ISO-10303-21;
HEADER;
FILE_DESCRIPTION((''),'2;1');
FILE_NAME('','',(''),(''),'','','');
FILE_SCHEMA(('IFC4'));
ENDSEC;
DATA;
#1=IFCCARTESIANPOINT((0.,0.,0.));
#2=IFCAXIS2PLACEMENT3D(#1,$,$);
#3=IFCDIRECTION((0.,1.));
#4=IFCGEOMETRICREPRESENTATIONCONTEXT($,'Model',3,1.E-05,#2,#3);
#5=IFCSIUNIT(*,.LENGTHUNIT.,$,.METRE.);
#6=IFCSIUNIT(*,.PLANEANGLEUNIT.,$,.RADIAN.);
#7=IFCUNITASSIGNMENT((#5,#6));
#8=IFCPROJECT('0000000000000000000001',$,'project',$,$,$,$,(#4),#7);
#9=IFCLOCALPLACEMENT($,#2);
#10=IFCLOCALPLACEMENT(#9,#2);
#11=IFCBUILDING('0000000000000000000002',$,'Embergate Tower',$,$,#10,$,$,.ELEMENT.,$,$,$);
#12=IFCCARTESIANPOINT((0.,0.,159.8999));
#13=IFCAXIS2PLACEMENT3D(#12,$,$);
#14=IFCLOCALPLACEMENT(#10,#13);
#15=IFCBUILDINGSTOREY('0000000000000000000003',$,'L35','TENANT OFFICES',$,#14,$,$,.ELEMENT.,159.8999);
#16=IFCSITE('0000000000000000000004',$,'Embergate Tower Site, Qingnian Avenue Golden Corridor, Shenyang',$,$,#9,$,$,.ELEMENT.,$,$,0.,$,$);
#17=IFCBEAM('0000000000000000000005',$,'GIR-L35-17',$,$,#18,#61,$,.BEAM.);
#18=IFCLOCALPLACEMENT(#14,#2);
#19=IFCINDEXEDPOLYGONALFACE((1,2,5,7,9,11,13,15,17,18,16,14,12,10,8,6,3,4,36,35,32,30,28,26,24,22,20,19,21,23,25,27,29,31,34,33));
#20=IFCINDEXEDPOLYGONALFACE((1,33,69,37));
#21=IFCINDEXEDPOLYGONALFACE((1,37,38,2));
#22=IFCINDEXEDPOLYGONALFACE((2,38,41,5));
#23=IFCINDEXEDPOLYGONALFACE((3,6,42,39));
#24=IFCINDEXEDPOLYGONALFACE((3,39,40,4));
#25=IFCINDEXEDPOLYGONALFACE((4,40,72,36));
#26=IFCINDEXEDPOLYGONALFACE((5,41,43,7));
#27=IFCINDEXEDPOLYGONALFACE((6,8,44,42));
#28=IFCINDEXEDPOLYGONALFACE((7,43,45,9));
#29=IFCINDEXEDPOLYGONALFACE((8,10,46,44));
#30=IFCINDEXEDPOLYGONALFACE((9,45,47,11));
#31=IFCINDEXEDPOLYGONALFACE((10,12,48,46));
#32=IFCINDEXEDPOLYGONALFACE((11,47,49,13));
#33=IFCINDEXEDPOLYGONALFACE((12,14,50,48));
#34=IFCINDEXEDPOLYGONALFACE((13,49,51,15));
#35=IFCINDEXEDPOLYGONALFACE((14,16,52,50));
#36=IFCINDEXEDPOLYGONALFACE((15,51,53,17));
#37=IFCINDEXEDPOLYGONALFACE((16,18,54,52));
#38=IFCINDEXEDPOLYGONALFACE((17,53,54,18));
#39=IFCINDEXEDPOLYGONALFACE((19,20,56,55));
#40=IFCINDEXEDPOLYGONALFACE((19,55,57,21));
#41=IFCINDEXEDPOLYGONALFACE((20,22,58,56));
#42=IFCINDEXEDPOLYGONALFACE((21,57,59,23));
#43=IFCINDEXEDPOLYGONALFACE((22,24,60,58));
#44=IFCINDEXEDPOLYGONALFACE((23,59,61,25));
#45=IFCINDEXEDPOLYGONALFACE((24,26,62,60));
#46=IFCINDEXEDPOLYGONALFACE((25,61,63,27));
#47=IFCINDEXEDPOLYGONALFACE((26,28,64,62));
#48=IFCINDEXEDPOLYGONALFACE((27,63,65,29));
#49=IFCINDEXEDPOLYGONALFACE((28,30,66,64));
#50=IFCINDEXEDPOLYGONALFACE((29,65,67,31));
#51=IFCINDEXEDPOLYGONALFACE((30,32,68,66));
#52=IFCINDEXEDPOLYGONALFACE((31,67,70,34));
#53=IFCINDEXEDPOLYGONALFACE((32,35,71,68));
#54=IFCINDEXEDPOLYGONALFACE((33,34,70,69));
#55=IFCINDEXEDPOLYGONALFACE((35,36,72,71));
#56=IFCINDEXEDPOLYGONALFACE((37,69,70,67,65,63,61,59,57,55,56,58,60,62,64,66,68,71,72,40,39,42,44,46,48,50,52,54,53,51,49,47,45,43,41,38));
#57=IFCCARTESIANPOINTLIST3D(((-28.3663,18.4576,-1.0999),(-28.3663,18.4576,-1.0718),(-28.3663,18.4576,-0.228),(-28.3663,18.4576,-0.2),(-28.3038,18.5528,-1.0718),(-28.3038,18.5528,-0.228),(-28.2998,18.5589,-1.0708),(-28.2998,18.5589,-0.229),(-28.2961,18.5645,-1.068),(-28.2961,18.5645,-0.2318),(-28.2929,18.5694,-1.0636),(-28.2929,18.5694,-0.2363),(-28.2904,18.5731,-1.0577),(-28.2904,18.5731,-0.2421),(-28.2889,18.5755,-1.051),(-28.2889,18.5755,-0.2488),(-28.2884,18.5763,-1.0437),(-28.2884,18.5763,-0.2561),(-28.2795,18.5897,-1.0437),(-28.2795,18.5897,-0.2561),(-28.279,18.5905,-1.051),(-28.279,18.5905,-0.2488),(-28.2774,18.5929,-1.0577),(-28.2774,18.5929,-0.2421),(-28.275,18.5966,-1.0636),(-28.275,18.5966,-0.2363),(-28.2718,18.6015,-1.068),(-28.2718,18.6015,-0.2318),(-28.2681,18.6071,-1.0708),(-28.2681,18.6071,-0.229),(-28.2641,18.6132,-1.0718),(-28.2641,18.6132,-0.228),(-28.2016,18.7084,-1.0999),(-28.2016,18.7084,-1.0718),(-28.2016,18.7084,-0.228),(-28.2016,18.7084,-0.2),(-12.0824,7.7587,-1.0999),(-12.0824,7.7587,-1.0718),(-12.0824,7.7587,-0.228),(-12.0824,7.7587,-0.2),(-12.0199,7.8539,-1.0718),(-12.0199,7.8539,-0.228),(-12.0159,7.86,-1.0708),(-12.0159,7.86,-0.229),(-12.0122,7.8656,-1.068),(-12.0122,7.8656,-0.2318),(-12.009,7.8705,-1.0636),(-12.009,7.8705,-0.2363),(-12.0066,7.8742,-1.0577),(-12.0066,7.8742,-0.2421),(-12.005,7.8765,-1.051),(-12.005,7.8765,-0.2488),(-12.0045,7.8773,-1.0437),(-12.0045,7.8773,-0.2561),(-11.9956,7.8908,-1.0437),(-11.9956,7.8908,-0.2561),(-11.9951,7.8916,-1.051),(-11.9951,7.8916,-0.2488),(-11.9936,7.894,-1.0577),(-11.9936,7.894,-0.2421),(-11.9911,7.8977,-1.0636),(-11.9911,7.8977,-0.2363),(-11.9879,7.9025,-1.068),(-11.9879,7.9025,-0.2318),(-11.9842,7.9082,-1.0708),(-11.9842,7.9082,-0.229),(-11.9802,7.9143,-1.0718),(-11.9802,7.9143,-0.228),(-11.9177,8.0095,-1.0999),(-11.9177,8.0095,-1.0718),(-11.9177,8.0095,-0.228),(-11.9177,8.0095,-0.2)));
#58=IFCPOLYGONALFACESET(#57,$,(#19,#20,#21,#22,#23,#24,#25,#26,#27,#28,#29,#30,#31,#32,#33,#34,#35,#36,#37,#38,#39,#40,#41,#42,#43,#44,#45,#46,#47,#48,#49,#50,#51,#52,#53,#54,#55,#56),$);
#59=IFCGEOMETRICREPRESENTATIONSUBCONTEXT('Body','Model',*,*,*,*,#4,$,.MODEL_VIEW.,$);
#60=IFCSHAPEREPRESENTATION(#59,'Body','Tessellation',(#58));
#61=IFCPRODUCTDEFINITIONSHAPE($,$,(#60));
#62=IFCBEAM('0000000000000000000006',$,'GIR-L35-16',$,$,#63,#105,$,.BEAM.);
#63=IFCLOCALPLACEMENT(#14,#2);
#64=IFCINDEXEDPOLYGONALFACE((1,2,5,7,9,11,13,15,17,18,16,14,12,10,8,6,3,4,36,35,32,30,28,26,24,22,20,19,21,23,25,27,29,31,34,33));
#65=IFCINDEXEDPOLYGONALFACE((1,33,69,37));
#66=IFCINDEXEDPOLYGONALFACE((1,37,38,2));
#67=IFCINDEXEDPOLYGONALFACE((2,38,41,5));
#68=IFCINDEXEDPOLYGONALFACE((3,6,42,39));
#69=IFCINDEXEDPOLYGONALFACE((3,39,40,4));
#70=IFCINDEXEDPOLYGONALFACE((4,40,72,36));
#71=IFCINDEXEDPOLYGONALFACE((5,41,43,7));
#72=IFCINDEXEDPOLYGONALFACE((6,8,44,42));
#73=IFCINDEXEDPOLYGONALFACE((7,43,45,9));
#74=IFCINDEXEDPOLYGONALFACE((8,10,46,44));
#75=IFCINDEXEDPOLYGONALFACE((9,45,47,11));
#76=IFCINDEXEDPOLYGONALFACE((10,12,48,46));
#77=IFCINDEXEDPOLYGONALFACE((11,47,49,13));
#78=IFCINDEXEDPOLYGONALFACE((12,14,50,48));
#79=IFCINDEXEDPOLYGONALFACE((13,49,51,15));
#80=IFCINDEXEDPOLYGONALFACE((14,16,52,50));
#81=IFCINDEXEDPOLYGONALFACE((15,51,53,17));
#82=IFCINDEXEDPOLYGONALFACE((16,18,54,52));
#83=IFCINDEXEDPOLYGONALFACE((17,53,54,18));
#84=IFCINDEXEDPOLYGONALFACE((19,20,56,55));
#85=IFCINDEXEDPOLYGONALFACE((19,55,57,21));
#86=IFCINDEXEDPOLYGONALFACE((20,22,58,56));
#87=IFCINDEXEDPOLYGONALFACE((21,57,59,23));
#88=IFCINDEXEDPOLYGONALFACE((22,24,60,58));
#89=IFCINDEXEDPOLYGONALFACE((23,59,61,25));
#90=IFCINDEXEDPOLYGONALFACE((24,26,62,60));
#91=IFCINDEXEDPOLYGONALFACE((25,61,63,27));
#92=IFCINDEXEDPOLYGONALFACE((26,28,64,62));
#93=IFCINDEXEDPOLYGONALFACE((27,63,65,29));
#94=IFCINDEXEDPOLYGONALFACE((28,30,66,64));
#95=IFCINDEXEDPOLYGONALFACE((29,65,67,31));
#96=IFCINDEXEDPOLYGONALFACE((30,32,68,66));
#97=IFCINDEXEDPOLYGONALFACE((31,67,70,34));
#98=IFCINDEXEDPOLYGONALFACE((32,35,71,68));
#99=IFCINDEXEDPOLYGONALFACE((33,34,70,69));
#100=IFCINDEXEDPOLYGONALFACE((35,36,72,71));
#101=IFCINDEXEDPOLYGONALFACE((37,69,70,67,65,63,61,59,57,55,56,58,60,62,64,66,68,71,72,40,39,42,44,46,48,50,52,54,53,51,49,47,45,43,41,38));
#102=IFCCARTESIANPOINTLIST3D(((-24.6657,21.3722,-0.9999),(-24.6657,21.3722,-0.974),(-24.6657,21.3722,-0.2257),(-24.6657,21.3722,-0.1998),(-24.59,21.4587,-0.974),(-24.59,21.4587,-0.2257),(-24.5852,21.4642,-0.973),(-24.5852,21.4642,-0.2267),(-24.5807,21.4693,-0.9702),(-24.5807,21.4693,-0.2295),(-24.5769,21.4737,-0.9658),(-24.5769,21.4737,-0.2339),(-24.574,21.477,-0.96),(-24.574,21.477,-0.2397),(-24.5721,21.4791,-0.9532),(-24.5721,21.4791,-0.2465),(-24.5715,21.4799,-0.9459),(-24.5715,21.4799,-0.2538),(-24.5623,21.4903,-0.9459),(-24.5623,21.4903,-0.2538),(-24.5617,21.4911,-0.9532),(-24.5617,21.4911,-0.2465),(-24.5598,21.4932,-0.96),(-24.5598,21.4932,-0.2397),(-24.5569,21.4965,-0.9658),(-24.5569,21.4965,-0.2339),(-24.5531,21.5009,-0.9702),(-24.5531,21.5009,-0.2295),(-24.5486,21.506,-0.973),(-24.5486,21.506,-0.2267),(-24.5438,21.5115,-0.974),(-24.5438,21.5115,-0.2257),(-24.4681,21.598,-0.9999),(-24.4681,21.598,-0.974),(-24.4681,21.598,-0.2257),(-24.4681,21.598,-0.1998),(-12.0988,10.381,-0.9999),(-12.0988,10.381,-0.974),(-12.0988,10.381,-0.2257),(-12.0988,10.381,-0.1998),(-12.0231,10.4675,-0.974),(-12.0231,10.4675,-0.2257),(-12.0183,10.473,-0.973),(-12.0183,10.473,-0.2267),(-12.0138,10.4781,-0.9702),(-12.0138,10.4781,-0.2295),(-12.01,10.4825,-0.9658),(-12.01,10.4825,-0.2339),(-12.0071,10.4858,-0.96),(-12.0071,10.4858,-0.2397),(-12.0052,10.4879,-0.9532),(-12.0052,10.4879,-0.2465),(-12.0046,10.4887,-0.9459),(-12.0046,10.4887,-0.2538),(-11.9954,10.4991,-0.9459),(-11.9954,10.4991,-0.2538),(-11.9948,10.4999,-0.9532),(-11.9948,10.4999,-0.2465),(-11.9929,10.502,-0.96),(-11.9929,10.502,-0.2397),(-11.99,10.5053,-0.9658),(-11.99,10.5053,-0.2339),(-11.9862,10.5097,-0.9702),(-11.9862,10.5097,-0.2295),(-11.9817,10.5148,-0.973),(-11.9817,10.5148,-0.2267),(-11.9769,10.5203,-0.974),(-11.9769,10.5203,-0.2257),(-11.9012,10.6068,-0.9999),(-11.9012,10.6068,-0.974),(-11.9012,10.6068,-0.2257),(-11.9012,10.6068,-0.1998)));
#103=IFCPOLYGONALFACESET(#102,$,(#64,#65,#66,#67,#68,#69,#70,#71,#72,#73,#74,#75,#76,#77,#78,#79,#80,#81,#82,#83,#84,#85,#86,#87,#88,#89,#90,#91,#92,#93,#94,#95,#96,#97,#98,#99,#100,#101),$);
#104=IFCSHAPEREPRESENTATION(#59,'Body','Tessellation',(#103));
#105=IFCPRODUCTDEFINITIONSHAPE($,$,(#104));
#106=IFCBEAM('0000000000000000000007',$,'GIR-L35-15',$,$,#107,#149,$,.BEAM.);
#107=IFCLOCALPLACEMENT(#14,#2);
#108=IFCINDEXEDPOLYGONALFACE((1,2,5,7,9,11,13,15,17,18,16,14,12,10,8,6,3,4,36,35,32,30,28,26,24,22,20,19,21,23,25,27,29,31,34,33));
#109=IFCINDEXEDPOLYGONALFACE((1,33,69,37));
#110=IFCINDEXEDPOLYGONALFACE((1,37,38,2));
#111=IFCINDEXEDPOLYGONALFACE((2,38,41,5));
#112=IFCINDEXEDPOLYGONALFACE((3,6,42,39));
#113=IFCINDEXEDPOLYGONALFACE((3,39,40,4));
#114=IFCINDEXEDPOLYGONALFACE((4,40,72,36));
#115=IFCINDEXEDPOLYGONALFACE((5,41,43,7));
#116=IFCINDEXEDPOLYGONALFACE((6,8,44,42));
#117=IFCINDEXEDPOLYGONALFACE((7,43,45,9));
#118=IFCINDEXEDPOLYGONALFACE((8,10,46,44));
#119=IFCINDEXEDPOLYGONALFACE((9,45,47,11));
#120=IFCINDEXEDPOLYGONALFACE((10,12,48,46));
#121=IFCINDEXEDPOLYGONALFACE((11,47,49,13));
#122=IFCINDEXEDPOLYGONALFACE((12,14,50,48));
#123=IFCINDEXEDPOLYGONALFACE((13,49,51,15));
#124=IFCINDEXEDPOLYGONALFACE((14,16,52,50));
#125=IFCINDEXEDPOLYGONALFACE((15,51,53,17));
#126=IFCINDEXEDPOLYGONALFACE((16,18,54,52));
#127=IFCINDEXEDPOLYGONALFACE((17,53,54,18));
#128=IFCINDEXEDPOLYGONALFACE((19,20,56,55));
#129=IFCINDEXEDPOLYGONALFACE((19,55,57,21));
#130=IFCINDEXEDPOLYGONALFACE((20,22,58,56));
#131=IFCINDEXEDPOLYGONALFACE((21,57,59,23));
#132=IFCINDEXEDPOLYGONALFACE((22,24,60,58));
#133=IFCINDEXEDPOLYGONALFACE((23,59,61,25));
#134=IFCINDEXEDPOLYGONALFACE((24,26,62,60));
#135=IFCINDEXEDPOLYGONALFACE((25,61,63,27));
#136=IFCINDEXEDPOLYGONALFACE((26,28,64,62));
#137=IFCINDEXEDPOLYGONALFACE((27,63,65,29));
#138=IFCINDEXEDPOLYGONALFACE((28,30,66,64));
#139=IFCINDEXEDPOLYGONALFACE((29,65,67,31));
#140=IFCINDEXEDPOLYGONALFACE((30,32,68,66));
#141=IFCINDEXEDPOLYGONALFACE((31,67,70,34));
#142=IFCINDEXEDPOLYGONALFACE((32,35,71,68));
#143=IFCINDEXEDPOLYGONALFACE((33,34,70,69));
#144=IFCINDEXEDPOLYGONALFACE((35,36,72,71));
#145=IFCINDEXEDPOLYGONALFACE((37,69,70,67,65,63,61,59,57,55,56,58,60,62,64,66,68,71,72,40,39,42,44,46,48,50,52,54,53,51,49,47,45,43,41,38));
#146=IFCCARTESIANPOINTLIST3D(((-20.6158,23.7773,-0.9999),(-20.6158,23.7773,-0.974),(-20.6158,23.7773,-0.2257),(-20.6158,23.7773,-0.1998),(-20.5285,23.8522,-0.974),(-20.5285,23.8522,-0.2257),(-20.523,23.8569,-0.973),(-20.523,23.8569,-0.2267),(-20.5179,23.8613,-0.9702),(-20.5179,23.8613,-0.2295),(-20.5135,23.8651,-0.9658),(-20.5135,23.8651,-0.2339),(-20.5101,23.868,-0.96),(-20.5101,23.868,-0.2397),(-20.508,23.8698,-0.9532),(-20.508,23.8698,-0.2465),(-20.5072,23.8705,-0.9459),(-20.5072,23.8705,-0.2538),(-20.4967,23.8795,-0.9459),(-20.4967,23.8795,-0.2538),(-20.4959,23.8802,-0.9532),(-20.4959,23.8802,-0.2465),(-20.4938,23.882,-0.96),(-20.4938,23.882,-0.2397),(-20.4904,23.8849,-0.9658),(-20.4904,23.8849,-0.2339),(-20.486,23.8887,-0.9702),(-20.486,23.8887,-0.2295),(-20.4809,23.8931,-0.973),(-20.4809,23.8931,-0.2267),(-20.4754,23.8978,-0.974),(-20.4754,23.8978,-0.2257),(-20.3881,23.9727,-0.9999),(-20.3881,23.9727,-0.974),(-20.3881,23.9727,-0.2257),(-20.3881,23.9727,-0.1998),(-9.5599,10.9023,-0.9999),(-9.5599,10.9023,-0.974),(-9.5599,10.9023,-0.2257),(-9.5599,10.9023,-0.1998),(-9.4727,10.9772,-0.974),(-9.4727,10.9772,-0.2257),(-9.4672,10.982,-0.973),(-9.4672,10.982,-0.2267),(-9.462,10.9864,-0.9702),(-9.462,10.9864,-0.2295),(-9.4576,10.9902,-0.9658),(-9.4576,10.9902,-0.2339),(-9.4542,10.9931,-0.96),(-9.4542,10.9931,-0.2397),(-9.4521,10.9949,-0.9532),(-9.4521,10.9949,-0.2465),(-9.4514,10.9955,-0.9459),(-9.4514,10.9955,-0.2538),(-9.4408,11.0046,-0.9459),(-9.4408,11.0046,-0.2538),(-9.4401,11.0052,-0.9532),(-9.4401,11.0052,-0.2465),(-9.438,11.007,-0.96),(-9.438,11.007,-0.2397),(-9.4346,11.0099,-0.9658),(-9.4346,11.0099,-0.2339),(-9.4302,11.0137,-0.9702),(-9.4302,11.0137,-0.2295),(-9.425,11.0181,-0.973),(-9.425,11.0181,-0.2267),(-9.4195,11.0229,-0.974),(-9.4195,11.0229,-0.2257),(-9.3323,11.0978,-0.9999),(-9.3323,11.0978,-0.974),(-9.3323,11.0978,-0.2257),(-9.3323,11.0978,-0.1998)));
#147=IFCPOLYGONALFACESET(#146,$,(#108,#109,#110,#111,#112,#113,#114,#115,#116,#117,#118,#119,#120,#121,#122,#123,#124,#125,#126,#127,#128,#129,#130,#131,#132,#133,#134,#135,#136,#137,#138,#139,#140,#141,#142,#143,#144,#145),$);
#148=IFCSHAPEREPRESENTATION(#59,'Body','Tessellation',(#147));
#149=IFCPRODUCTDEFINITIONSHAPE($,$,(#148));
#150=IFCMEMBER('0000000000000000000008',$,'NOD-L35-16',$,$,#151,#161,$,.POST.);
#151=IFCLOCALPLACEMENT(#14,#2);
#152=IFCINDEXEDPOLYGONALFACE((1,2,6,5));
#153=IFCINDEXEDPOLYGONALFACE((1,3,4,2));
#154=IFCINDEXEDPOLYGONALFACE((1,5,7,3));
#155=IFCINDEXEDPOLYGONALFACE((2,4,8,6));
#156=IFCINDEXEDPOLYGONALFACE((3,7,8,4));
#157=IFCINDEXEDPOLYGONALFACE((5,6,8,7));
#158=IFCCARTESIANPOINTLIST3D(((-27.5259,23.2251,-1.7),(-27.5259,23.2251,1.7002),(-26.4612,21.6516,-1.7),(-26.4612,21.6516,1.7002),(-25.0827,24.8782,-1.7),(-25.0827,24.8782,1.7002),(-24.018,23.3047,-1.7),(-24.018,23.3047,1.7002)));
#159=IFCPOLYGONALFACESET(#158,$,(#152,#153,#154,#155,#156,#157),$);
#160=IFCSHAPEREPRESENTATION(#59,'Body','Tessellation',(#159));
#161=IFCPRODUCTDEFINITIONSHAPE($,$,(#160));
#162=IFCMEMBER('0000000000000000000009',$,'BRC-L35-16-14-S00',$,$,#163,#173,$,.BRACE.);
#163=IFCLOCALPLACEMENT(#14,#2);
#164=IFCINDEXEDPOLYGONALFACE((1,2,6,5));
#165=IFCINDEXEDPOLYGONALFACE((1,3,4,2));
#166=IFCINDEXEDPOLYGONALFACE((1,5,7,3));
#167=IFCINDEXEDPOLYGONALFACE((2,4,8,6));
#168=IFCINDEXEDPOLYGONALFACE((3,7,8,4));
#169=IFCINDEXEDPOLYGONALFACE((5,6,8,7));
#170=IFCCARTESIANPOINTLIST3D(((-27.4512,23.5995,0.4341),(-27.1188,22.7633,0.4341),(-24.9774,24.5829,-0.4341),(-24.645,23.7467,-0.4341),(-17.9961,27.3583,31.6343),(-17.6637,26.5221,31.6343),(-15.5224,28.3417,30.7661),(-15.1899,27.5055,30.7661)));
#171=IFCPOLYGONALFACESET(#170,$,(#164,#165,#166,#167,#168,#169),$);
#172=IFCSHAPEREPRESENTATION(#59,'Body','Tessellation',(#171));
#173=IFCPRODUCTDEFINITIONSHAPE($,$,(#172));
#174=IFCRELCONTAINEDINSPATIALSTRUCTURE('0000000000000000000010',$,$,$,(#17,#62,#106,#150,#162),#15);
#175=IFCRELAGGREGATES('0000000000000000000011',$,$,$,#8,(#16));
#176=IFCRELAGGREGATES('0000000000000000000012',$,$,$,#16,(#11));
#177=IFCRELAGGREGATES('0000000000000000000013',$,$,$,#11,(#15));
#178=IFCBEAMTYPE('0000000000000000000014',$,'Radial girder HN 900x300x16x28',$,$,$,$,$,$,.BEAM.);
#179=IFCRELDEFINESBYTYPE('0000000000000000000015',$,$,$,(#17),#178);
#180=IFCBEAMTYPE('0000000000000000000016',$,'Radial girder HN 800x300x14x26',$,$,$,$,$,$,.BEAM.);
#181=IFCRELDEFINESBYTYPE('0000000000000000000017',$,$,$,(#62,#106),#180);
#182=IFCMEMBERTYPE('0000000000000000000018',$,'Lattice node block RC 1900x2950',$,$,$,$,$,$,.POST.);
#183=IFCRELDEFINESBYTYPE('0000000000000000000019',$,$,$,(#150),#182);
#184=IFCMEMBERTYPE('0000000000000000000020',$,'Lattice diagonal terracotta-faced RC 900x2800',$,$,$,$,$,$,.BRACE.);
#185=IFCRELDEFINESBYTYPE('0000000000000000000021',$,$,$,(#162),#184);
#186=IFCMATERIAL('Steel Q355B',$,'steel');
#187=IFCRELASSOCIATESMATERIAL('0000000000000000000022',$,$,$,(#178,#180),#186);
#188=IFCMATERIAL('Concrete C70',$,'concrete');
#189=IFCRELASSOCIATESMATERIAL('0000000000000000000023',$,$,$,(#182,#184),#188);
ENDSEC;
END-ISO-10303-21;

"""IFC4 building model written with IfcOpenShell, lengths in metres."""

from ifc_helpers import new_model, si_unit, direction, frame, origin, origin_2d, place, context, subcontext, project, spatial, rectangle, i_section, extrude, source, transform, mapped, material, material_profile, profile_set, type_object, element, save


model = new_model("IFC4")

# Units and contexts
model_context = context("Model", 3, precision=1e-05, world=origin(), true_north=direction((0.0, 1.0)))
body_context = subcontext(model_context, "Body", "Model", "MODEL_VIEW")
ifc_project = project(units=[si_unit("LENGTHUNIT", "METRE"), si_unit("PLANEANGLEUNIT", "RADIAN")], contexts=[model_context])

# Site, building, storey
site_placement = place(None, origin())
site = spatial("IfcSite", under=ifc_project, at=site_placement, Name="Embergate Tower Site, Qingnian Avenue Golden Corridor, Shenyang", CompositionType="ELEMENT", RefElevation=0.0)
building_placement = place(site_placement, origin())
building = spatial("IfcBuilding", under=site, at=building_placement, Name="Embergate Tower", CompositionType="ELEMENT")
storey_placement = place(building_placement, frame((0.0, 0.0, 159.8999)))
storey = spatial("IfcBuildingStorey", under=building, at=storey_placement, Name="L35", Description="TENANT OFFICES", CompositionType="ELEMENT", Elevation=159.8999)

# Shared definitions
ifc_material_1 = material(Name="Concrete C70", Category="concrete")

# Beams
ifc_material_2 = material(Name="Steel Q355B", Category="steel")
ifc_material_profile_1 = material_profile(ifc_material_2, i_section(OverallWidth=0.3, OverallDepth=0.8999, WebThickness=0.0161, FlangeThickness=0.0281, FilletRadius=0.0281, at=origin_2d()), Name="HN 900x300x16x28")
ifc_profile_set_1 = profile_set([ifc_material_profile_1], Name="Steel Q355 grade B")
beam_type_1 = type_object("IfcBeamType", Name="Radial girder HN 900x300x16x28", PredefinedType="BEAM", material=ifc_profile_set_1)
shared_shape_1 = source(origin(), body_context, "Body", "SweptSolid", [
    extrude(i_section(OverallWidth=0.3, OverallDepth=0.8999, WebThickness=0.0161, FlangeThickness=0.0281, FilletRadius=0.0281, at=origin_2d()), origin(), (0.0, 0.0, 1.0), 19.4841),
])
beam_1_placement = place(storey_placement, frame((-28.2839, 18.583, -0.6499), z_axis=(0.83575, -0.54911, 0.0), x_axis=(0.54911, 0.83575, 0.0)))
element("IfcBeam", 1, at=beam_1_placement, inside=storey, type_object=beam_type_1, Name="GIR-L35-17", PredefinedType="BEAM", context=body_context, shape_type="MappedRepresentation", body=[
    mapped(shared_shape_1, transform((0.0, 0.0, 0.0))),
])
ifc_material_profile_2 = material_profile(ifc_material_2, i_section(OverallWidth=0.3, OverallDepth=0.8, WebThickness=0.0139, FlangeThickness=0.0259, FilletRadius=0.0281, at=origin_2d()), Name="HN 800x300x14x26")
ifc_profile_set_2 = profile_set([ifc_material_profile_2], Name="Steel Q355 grade B")
beam_type_2 = type_object("IfcBeamType", Name="Radial girder HN 800x300x14x26", PredefinedType="BEAM", material=ifc_profile_set_2)
shared_shape_2 = source(origin(), body_context, "Body", "SweptSolid", [
    extrude(i_section(OverallWidth=0.3, OverallDepth=0.8, WebThickness=0.0139, FlangeThickness=0.0259, FilletRadius=0.0281, at=origin_2d()), origin(), (0.0, 0.0, 1.0), 16.6953),
])
beam_2_placement = place(storey_placement, frame((-24.5669, 21.4851, -0.5999), z_axis=(0.75272, -0.658341, 0.0), x_axis=(0.658341, 0.75272, 0.0)))
element("IfcBeam", 2, at=beam_2_placement, inside=storey, type_object=beam_type_2, Name="GIR-L35-16", PredefinedType="BEAM", context=body_context, shape_type="MappedRepresentation", body=[
    mapped(shared_shape_2, transform((0.0, 0.0, 0.0))),
])
shared_shape_3 = source(origin(), body_context, "Body", "SweptSolid", [
    extrude(i_section(OverallWidth=0.3, OverallDepth=0.8, WebThickness=0.0139, FlangeThickness=0.0259, FilletRadius=0.0281, at=origin_2d()), origin(), (0.0, 0.0, 1.0), 16.9705),
])
beam_3_placement = place(storey_placement, frame((-20.502, 23.875, -0.5999), z_axis=(0.651477, -0.758668, 0.0), x_axis=(0.758668, 0.651477, 0.0)))
element("IfcBeam", 3, at=beam_3_placement, inside=storey, type_object=beam_type_2, Name="GIR-L35-15", PredefinedType="BEAM", context=body_context, shape_type="MappedRepresentation", body=[
    mapped(shared_shape_3, transform((0.0, 0.0, 0.0))),
])

# Members
ifc_material_profile_3 = material_profile(ifc_material_1, rectangle(XDim=1.8999, YDim=2.95, at=origin_2d()), Name="RC 1900x2950")
ifc_profile_set_3 = profile_set([ifc_material_profile_3], Name="Concrete C70")
member_type_1 = type_object("IfcMemberType", Name="Lattice node block RC 1900x2950", PredefinedType="POST", material=ifc_profile_set_3)
shared_shape_4 = source(origin(), body_context, "Body", "SweptSolid", [
    extrude(rectangle(XDim=1.8999, YDim=2.95, at=origin_2d()), origin(), (0.0, 0.0, 1.0), 3.4001),
])
member_1_placement = place(storey_placement, frame((-25.772, 23.2649, -1.7), z_axis=(0.0, 0.0, 1.0), x_axis=(-0.560393, 0.828227, 0.0)))
element("IfcMember", 4, at=member_1_placement, inside=storey, type_object=member_type_1, Name="NOD-L35-16", PredefinedType="POST", context=body_context, shape_type="MappedRepresentation", body=[
    mapped(shared_shape_4, transform((0.0, 0.0, 0.0))),
])
ifc_material_profile_4 = material_profile(ifc_material_1, rectangle(XDim=0.8999, YDim=2.8, at=origin_2d()), Name="RC 900x2800")
ifc_profile_set_4 = profile_set([ifc_material_profile_4], Name="Concrete C70")
member_type_2 = type_object("IfcMemberType", Name="Lattice diagonal terracotta-faced RC 900x2800", PredefinedType="BRACE", material=ifc_profile_set_4)
shared_shape_5 = source(origin(), body_context, "Body", "SweptSolid", [
    extrude(rectangle(XDim=0.8999, YDim=2.8, at=origin_2d()), origin(), (0.0, 0.0, 1.0), 32.8174),
])
member_2_placement = place(storey_placement, frame((-26.0481, 23.6731, 0.0), z_axis=(0.288112, 0.114537, 0.950722), x_axis=(-0.369421, 0.929262, 0.0)))
element("IfcMember", 5, at=member_2_placement, inside=storey, type_object=member_type_2, Name="BRC-L35-16-14-S00", PredefinedType="BRACE", context=body_context, shape_type="MappedRepresentation", body=[
    mapped(shared_shape_5, transform((0.0, 0.0, 0.0))),
])

save(model, "model.ifc")
